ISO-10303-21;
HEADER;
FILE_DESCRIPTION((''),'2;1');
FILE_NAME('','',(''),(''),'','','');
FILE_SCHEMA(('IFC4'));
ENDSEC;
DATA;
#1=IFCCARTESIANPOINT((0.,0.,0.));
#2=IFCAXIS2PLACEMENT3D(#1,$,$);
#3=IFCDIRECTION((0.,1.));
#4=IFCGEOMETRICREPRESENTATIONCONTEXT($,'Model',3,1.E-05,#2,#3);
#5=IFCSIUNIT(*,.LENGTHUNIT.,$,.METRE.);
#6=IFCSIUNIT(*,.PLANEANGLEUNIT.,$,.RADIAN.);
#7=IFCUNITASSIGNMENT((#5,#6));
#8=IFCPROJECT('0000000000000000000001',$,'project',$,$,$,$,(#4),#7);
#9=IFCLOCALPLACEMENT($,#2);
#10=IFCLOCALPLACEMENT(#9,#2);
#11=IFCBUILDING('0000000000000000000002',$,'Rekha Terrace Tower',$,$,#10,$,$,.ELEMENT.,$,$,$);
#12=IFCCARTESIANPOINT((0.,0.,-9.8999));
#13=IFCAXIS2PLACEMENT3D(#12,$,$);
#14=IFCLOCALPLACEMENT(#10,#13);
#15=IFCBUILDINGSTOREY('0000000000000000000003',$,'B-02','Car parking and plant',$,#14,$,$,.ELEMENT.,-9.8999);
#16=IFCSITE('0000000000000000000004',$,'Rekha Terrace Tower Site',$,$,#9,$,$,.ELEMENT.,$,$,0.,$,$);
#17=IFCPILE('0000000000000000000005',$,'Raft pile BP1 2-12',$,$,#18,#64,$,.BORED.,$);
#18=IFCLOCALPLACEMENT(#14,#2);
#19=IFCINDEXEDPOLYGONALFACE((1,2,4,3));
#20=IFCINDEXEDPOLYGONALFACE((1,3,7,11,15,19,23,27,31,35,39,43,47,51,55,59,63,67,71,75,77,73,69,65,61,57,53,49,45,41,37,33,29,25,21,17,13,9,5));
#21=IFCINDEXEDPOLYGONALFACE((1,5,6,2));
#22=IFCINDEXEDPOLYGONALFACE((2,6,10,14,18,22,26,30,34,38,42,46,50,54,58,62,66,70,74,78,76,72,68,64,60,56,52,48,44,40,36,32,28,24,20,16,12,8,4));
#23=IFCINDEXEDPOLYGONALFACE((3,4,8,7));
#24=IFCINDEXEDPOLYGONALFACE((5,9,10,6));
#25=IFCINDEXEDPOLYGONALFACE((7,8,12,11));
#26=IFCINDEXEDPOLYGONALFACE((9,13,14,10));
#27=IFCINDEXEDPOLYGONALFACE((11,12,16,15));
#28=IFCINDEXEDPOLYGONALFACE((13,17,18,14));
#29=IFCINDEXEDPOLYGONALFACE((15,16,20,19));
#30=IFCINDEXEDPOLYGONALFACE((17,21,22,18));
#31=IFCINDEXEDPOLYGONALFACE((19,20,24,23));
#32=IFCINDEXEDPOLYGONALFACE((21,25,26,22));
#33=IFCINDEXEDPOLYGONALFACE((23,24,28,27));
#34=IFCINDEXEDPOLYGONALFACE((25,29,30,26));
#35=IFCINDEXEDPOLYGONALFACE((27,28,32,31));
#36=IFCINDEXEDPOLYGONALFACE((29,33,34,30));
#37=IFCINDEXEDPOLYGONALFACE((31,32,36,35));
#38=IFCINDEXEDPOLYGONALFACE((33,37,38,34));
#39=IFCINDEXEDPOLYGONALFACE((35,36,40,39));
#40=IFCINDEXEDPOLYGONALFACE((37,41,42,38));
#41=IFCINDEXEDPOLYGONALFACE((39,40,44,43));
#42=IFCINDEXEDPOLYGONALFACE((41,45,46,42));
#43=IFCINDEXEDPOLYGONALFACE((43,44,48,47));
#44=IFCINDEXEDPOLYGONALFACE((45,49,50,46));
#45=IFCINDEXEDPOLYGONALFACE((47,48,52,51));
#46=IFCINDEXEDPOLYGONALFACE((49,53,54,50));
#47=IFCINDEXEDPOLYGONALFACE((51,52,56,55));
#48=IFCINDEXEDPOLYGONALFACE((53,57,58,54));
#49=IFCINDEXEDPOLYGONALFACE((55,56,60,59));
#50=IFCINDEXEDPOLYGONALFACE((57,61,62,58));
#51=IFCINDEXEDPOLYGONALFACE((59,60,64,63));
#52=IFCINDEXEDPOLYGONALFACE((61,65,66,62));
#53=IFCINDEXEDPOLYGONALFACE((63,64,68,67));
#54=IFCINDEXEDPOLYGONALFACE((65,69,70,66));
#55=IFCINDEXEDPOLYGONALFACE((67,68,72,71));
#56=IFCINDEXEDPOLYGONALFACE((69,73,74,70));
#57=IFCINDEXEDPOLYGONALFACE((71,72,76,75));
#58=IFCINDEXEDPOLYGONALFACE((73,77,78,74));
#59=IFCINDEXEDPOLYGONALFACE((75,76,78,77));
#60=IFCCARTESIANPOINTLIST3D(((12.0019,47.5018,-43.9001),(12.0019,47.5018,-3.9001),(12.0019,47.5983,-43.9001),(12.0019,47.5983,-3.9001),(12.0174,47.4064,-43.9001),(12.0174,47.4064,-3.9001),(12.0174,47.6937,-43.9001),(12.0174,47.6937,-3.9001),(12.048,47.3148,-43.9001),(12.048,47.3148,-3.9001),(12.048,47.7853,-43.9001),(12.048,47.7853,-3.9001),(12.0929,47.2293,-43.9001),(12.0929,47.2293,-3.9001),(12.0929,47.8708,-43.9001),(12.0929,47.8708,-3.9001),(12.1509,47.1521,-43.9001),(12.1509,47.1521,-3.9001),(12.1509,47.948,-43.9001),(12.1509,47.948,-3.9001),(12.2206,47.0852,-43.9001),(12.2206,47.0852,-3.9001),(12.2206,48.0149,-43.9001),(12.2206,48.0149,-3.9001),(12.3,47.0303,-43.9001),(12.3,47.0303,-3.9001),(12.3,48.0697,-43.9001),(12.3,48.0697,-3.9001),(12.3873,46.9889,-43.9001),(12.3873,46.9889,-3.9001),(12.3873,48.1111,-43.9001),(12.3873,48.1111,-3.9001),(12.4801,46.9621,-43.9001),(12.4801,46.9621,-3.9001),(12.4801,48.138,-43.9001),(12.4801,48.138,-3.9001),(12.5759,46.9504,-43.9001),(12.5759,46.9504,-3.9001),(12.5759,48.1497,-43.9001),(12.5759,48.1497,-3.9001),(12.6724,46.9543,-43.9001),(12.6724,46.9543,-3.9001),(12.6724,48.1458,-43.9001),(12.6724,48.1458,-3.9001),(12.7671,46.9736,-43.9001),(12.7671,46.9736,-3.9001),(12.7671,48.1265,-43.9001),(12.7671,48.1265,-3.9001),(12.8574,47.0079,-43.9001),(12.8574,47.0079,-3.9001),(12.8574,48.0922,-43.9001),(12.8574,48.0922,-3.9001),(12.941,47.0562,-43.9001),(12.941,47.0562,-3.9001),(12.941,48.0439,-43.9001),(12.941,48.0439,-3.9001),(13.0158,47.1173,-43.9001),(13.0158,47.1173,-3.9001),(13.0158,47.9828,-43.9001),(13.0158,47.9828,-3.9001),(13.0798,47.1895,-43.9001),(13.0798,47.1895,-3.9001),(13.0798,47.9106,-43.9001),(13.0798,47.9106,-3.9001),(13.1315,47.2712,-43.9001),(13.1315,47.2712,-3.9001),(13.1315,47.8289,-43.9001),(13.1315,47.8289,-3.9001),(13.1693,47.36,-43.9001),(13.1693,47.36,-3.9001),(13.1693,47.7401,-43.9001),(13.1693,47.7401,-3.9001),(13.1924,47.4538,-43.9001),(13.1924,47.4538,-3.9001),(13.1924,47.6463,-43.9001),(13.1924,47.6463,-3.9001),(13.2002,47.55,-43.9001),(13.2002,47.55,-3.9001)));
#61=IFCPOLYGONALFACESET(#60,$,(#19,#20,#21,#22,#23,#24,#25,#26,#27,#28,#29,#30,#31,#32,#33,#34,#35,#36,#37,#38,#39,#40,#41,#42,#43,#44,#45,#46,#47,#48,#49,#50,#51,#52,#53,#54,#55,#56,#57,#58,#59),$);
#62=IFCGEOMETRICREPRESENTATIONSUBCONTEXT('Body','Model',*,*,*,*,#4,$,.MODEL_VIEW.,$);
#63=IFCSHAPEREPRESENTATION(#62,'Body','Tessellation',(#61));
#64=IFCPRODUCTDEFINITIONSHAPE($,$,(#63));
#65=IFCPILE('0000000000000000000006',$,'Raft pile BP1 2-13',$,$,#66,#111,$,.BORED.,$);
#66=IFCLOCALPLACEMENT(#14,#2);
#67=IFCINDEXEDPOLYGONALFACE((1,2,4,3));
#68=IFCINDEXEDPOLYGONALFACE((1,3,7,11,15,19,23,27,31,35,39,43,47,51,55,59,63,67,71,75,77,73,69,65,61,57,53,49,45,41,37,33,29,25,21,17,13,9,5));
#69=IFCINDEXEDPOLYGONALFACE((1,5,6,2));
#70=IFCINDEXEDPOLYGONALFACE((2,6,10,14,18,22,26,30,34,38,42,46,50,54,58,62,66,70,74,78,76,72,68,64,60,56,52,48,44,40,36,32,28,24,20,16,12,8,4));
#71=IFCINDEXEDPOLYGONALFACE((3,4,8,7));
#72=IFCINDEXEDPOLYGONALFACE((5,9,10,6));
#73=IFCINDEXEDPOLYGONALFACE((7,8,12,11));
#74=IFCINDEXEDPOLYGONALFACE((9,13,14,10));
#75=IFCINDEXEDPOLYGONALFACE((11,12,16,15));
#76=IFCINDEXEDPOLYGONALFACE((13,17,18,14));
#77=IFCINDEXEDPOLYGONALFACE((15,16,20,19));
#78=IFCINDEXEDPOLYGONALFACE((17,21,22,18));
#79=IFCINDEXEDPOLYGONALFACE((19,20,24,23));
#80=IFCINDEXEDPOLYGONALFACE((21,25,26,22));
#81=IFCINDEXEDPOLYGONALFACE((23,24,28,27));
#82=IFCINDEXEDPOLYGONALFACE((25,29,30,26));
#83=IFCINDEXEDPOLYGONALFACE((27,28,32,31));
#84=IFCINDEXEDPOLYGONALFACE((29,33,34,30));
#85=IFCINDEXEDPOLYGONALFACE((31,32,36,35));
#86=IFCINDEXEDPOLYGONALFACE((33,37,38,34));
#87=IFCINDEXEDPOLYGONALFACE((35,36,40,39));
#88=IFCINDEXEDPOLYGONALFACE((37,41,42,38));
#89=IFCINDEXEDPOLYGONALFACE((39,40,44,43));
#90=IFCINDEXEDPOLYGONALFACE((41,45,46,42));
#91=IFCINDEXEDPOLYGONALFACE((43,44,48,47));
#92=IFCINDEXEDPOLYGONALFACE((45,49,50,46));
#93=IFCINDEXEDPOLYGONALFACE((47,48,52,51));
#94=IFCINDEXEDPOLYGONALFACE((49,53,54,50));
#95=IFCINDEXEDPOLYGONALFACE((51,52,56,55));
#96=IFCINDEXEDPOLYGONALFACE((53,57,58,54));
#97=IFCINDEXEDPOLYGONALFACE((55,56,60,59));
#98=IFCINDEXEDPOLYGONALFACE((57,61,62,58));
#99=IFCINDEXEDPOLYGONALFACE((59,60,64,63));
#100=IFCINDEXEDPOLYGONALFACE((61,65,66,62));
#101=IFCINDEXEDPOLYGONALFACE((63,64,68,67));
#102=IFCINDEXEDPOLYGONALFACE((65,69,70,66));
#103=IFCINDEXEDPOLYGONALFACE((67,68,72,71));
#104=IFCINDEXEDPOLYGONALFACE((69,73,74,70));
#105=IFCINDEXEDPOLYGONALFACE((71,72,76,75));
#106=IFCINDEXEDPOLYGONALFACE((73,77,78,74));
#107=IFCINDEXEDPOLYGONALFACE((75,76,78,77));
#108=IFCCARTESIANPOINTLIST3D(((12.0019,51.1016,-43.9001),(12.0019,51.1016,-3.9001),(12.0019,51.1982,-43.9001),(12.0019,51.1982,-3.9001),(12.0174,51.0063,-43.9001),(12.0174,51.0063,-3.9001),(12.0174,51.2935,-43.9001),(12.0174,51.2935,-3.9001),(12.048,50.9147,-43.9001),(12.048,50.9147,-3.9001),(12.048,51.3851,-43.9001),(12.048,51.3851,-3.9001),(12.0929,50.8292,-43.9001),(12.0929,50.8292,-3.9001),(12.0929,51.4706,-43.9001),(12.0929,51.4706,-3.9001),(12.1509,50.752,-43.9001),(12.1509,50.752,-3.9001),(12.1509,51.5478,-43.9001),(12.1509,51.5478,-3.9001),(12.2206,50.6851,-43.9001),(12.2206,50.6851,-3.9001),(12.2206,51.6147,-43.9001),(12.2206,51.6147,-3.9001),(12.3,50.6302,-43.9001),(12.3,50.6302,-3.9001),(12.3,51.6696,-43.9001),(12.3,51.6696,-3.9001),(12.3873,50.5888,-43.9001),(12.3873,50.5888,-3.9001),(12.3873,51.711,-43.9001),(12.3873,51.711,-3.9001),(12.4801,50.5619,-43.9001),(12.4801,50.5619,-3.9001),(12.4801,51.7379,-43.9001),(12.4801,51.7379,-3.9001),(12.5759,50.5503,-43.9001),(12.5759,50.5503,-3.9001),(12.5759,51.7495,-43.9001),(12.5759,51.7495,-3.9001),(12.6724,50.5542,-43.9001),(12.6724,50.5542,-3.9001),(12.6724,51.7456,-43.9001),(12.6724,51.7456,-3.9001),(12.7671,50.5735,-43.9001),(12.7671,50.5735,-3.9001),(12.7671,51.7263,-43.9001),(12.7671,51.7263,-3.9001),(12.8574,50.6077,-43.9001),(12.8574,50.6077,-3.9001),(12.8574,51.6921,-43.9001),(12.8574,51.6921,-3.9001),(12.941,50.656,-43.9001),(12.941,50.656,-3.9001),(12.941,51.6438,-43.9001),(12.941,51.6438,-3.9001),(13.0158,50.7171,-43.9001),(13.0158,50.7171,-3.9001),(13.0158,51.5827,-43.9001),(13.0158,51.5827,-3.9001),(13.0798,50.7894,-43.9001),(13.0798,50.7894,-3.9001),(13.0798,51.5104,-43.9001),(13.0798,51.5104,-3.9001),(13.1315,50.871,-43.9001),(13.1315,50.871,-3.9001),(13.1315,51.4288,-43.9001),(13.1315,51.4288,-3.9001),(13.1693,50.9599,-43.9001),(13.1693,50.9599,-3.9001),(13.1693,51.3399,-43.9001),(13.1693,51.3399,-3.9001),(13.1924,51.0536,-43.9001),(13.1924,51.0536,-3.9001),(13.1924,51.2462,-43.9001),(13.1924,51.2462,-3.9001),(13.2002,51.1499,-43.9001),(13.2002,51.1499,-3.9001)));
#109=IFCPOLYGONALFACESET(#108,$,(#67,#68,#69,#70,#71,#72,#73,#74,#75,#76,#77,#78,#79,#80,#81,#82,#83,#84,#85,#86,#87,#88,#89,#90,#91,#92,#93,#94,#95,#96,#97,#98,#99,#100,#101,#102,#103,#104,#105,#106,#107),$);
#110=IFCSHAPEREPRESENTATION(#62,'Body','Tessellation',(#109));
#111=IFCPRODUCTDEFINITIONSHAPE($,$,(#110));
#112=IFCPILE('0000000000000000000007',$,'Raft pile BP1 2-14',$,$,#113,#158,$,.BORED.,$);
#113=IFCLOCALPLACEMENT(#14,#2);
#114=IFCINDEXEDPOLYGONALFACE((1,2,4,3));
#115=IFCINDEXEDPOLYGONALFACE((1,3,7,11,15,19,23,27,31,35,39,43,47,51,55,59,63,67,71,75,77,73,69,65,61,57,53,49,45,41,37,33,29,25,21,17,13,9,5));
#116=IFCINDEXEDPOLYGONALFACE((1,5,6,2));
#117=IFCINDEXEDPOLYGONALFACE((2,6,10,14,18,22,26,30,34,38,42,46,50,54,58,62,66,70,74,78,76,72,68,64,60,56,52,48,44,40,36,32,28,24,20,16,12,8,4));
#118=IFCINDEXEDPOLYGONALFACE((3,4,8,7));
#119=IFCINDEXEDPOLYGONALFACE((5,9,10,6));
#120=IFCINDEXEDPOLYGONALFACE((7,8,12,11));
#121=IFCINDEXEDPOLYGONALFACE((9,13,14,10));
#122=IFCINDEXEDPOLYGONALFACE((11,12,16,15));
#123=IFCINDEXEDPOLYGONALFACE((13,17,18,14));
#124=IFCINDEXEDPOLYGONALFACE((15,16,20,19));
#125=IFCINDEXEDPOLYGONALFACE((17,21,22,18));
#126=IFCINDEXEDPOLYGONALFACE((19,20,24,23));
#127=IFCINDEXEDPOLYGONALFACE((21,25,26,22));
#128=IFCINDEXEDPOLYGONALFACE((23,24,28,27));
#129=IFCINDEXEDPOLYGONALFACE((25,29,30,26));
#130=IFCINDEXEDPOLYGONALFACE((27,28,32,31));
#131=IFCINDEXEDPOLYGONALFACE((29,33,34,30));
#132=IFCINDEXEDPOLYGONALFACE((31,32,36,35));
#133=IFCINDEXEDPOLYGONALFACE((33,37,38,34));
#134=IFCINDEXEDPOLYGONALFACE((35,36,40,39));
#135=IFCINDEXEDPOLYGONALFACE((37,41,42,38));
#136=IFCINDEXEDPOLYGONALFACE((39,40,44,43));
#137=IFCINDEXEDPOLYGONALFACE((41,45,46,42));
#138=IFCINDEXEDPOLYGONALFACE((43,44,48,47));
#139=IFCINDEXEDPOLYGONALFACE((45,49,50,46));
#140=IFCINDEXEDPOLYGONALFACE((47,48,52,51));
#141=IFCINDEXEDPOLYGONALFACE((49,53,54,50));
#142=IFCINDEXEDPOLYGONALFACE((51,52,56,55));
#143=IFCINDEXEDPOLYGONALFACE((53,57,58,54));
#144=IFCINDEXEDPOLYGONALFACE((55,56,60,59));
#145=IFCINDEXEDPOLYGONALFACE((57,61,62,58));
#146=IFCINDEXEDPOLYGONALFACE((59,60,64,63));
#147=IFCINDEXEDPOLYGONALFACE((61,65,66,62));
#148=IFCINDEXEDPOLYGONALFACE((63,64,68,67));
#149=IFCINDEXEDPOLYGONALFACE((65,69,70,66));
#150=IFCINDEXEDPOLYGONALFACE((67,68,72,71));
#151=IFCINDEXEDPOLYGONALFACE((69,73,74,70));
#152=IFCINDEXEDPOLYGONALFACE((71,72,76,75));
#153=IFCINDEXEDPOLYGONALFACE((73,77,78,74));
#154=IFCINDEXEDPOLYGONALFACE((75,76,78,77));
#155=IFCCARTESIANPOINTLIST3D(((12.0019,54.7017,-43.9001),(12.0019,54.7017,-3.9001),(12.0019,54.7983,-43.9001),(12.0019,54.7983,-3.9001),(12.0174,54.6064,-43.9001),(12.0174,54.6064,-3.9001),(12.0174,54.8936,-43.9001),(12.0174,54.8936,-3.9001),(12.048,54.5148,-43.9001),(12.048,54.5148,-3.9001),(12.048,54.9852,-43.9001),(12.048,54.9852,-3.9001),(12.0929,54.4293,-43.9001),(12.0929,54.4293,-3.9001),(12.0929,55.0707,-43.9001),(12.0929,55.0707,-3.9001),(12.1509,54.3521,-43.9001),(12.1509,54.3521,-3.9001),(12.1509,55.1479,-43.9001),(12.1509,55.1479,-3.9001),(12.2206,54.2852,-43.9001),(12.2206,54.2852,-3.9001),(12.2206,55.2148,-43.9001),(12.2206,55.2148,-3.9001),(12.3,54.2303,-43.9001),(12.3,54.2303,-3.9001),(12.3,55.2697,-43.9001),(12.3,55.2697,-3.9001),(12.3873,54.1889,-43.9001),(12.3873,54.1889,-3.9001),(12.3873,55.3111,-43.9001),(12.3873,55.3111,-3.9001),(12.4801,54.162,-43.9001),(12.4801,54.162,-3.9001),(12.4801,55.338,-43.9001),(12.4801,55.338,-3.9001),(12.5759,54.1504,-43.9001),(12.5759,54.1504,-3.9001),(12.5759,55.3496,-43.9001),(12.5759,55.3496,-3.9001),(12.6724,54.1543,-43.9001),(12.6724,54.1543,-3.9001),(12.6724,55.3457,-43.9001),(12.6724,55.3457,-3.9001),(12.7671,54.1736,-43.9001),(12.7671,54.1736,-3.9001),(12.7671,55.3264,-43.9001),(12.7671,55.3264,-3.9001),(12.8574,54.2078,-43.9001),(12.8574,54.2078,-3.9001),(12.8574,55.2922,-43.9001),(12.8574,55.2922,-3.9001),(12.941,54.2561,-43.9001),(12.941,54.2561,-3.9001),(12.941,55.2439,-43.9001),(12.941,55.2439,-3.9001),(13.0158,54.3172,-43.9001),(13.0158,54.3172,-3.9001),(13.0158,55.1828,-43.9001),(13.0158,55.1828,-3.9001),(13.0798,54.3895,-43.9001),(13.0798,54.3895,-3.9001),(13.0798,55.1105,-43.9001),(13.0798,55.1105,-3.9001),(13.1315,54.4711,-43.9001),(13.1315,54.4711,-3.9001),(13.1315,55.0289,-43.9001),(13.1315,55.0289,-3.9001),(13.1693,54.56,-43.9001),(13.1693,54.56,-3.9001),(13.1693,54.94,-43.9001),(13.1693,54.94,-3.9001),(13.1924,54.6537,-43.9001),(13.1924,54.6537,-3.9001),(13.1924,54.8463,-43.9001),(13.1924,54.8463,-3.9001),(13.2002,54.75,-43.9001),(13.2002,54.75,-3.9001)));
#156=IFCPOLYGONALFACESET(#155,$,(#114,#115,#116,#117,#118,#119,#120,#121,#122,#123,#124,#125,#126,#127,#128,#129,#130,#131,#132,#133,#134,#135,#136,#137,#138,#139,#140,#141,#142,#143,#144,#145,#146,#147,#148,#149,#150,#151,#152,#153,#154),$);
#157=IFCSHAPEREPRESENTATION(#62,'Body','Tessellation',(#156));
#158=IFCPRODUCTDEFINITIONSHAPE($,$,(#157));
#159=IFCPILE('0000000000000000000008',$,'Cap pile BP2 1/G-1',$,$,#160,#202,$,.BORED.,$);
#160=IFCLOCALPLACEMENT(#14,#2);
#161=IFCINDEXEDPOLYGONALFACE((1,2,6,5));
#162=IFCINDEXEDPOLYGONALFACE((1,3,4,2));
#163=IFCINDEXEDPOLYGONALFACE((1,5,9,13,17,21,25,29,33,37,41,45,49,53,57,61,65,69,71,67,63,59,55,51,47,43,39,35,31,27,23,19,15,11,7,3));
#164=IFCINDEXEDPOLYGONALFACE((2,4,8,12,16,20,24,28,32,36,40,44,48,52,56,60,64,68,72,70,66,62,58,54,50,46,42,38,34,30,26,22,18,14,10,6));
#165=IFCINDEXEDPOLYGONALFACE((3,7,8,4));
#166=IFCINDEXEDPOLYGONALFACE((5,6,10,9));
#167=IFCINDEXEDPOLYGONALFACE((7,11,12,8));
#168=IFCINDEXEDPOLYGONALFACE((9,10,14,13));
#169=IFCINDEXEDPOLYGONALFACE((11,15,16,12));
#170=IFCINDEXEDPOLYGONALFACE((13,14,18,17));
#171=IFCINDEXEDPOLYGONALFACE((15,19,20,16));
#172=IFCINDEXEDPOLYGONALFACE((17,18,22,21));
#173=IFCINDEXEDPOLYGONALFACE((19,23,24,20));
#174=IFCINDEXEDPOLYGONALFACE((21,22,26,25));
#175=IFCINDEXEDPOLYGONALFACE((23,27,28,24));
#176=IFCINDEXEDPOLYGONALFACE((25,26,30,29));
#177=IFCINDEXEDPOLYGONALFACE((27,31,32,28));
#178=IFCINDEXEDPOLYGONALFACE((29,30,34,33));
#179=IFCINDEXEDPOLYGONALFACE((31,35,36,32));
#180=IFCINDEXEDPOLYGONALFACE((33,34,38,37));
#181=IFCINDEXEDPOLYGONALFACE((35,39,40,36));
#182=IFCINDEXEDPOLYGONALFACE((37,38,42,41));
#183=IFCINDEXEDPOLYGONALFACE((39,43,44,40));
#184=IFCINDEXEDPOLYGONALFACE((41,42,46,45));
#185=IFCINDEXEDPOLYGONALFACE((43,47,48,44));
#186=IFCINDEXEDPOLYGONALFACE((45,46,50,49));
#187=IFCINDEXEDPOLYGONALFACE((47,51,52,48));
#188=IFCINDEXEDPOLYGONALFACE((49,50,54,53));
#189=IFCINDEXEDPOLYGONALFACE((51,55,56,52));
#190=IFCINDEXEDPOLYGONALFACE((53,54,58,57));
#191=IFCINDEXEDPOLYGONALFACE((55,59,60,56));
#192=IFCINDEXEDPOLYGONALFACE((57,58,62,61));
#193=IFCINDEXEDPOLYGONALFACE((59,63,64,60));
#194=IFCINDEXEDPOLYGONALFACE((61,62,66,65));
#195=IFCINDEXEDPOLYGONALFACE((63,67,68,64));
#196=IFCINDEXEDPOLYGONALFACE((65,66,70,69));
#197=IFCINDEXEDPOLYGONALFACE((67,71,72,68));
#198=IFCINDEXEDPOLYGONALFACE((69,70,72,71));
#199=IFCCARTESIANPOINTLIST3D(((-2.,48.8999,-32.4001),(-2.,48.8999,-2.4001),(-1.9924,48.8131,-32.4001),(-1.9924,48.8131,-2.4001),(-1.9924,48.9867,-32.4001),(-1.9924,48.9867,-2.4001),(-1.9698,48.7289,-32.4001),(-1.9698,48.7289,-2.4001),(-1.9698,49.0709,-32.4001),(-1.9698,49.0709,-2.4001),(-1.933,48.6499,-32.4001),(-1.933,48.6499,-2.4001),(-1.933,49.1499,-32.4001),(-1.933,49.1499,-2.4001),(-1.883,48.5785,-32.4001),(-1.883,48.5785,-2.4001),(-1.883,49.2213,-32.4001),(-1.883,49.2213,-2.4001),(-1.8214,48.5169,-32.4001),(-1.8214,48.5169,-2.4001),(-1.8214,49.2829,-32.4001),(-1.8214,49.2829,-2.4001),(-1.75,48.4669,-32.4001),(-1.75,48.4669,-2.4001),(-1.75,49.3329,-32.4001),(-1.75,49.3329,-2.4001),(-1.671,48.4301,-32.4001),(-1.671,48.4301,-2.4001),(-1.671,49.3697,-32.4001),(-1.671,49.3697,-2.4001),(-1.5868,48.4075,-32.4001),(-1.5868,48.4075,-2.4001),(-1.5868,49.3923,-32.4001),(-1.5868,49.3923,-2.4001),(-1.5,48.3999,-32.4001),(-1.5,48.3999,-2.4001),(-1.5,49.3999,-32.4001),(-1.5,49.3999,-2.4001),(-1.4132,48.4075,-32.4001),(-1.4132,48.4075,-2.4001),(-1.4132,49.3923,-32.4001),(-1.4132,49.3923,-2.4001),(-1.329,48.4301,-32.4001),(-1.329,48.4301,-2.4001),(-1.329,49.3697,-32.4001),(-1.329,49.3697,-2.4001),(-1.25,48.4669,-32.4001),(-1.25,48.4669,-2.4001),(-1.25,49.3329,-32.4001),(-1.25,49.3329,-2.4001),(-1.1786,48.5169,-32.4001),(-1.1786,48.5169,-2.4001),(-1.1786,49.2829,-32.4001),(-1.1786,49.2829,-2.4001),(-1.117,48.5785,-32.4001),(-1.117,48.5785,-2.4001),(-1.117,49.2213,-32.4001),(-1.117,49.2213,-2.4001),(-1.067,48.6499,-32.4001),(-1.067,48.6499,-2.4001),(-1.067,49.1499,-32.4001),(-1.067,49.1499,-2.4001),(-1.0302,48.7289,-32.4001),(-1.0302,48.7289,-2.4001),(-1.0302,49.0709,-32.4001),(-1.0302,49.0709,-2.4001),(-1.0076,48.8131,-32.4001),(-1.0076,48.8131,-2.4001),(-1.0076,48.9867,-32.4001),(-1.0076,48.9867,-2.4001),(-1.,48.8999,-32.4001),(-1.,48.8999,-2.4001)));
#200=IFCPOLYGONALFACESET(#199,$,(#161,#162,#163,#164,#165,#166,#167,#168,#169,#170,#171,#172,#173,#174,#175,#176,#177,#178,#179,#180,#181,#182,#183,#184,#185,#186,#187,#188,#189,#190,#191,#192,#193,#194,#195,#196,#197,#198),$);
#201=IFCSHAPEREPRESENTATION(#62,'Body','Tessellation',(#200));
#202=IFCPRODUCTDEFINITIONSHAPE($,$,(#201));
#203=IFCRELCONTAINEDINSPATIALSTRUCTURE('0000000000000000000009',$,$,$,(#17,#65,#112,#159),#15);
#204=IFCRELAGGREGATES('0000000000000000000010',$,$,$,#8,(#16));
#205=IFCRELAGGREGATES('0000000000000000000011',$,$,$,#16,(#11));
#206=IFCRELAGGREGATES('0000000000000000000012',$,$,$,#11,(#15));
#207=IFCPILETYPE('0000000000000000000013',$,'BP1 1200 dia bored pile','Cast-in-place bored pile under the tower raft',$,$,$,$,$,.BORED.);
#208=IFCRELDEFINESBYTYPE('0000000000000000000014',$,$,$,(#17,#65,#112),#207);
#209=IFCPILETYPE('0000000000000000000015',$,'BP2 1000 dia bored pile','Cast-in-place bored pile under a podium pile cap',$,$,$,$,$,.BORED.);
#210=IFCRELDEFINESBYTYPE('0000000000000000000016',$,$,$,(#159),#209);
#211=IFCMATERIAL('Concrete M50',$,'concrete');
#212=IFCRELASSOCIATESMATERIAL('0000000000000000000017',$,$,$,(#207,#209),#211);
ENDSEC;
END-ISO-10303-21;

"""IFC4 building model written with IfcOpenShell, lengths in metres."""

from ifc_helpers import new_model, si_unit, direction, frame, origin, origin_2d, place, context, subcontext, project, spatial, circle, extrude, material, type_object, element, save


model = new_model("IFC4")

# Units and contexts
model_context = context("Model", 3, precision=1e-05, world=origin(), true_north=direction((0.0, 1.0)))
body_context = subcontext(model_context, "Body", "Model", "MODEL_VIEW")
ifc_project = project(units=[si_unit("LENGTHUNIT", "METRE"), si_unit("PLANEANGLEUNIT", "RADIAN")], contexts=[model_context])

# Site, building, storey
site_placement = place(None, origin())
site = spatial("IfcSite", under=ifc_project, at=site_placement, Name="Rekha Terrace Tower Site", CompositionType="ELEMENT", RefElevation=0.0)
building_placement = place(site_placement, origin())
building = spatial("IfcBuilding", under=site, at=building_placement, Name="Rekha Terrace Tower", CompositionType="ELEMENT")
storey_placement = place(building_placement, frame((0.0, 0.0, -9.8999)))
storey = spatial("IfcBuildingStorey", under=building, at=storey_placement, Name="B-02", Description="Car parking and plant", CompositionType="ELEMENT", Elevation=-9.8999)

# Piles
ifc_material_1 = material(Name="Concrete M50", Category="concrete")
pile_type_1 = type_object("IfcPileType", Name="BP1 1200 dia bored pile", Description="Cast-in-place bored pile under the tower raft", PredefinedType="BORED", material=ifc_material_1)
for number, where, z_axis, x_axis, name in (
    (1, (12.6001, 47.55, -3.9001), (0.0, 0.0, -1.0), (1.0, 0.0, 0.0), "Raft pile BP1 2-12"),
    (2, (12.6001, 51.1499, -3.9001), (0.0, 0.0, -1.0), (1.0, 0.0, 0.0), "Raft pile BP1 2-13"),
    (3, (12.6001, 54.75, -3.9001), (0.0, 0.0, -1.0), (1.0, 0.0, 0.0), "Raft pile BP1 2-14"),
):
    element("IfcPile", number, at=place(storey_placement, frame(where, z_axis=z_axis, x_axis=x_axis)), inside=storey, type_object=pile_type_1, Name=name, PredefinedType="BORED", context=body_context, shape_type="SweptSolid", body=[
        extrude(circle(Radius=0.6001, at=origin_2d()), origin(), (0.0, 0.0, 1.0), 40.0),
    ])
pile_type_2 = type_object("IfcPileType", Name="BP2 1000 dia bored pile", Description="Cast-in-place bored pile under a podium pile cap", PredefinedType="BORED", material=ifc_material_1)
for number, where, z_axis, x_axis, name in (
    (4, (-1.5, 48.8999, -2.4001), (0.0, 0.0, -1.0), (1.0, 0.0, 0.0), "Cap pile BP2 1/G-1"),
):
    element("IfcPile", number, at=place(storey_placement, frame(where, z_axis=z_axis, x_axis=x_axis)), inside=storey, type_object=pile_type_2, Name=name, PredefinedType="BORED", context=body_context, shape_type="SweptSolid", body=[
        extrude(circle(Radius=0.5, at=origin_2d()), origin(), (0.0, 0.0, 1.0), 30.0),
    ])

save(model, "model.ifc")
